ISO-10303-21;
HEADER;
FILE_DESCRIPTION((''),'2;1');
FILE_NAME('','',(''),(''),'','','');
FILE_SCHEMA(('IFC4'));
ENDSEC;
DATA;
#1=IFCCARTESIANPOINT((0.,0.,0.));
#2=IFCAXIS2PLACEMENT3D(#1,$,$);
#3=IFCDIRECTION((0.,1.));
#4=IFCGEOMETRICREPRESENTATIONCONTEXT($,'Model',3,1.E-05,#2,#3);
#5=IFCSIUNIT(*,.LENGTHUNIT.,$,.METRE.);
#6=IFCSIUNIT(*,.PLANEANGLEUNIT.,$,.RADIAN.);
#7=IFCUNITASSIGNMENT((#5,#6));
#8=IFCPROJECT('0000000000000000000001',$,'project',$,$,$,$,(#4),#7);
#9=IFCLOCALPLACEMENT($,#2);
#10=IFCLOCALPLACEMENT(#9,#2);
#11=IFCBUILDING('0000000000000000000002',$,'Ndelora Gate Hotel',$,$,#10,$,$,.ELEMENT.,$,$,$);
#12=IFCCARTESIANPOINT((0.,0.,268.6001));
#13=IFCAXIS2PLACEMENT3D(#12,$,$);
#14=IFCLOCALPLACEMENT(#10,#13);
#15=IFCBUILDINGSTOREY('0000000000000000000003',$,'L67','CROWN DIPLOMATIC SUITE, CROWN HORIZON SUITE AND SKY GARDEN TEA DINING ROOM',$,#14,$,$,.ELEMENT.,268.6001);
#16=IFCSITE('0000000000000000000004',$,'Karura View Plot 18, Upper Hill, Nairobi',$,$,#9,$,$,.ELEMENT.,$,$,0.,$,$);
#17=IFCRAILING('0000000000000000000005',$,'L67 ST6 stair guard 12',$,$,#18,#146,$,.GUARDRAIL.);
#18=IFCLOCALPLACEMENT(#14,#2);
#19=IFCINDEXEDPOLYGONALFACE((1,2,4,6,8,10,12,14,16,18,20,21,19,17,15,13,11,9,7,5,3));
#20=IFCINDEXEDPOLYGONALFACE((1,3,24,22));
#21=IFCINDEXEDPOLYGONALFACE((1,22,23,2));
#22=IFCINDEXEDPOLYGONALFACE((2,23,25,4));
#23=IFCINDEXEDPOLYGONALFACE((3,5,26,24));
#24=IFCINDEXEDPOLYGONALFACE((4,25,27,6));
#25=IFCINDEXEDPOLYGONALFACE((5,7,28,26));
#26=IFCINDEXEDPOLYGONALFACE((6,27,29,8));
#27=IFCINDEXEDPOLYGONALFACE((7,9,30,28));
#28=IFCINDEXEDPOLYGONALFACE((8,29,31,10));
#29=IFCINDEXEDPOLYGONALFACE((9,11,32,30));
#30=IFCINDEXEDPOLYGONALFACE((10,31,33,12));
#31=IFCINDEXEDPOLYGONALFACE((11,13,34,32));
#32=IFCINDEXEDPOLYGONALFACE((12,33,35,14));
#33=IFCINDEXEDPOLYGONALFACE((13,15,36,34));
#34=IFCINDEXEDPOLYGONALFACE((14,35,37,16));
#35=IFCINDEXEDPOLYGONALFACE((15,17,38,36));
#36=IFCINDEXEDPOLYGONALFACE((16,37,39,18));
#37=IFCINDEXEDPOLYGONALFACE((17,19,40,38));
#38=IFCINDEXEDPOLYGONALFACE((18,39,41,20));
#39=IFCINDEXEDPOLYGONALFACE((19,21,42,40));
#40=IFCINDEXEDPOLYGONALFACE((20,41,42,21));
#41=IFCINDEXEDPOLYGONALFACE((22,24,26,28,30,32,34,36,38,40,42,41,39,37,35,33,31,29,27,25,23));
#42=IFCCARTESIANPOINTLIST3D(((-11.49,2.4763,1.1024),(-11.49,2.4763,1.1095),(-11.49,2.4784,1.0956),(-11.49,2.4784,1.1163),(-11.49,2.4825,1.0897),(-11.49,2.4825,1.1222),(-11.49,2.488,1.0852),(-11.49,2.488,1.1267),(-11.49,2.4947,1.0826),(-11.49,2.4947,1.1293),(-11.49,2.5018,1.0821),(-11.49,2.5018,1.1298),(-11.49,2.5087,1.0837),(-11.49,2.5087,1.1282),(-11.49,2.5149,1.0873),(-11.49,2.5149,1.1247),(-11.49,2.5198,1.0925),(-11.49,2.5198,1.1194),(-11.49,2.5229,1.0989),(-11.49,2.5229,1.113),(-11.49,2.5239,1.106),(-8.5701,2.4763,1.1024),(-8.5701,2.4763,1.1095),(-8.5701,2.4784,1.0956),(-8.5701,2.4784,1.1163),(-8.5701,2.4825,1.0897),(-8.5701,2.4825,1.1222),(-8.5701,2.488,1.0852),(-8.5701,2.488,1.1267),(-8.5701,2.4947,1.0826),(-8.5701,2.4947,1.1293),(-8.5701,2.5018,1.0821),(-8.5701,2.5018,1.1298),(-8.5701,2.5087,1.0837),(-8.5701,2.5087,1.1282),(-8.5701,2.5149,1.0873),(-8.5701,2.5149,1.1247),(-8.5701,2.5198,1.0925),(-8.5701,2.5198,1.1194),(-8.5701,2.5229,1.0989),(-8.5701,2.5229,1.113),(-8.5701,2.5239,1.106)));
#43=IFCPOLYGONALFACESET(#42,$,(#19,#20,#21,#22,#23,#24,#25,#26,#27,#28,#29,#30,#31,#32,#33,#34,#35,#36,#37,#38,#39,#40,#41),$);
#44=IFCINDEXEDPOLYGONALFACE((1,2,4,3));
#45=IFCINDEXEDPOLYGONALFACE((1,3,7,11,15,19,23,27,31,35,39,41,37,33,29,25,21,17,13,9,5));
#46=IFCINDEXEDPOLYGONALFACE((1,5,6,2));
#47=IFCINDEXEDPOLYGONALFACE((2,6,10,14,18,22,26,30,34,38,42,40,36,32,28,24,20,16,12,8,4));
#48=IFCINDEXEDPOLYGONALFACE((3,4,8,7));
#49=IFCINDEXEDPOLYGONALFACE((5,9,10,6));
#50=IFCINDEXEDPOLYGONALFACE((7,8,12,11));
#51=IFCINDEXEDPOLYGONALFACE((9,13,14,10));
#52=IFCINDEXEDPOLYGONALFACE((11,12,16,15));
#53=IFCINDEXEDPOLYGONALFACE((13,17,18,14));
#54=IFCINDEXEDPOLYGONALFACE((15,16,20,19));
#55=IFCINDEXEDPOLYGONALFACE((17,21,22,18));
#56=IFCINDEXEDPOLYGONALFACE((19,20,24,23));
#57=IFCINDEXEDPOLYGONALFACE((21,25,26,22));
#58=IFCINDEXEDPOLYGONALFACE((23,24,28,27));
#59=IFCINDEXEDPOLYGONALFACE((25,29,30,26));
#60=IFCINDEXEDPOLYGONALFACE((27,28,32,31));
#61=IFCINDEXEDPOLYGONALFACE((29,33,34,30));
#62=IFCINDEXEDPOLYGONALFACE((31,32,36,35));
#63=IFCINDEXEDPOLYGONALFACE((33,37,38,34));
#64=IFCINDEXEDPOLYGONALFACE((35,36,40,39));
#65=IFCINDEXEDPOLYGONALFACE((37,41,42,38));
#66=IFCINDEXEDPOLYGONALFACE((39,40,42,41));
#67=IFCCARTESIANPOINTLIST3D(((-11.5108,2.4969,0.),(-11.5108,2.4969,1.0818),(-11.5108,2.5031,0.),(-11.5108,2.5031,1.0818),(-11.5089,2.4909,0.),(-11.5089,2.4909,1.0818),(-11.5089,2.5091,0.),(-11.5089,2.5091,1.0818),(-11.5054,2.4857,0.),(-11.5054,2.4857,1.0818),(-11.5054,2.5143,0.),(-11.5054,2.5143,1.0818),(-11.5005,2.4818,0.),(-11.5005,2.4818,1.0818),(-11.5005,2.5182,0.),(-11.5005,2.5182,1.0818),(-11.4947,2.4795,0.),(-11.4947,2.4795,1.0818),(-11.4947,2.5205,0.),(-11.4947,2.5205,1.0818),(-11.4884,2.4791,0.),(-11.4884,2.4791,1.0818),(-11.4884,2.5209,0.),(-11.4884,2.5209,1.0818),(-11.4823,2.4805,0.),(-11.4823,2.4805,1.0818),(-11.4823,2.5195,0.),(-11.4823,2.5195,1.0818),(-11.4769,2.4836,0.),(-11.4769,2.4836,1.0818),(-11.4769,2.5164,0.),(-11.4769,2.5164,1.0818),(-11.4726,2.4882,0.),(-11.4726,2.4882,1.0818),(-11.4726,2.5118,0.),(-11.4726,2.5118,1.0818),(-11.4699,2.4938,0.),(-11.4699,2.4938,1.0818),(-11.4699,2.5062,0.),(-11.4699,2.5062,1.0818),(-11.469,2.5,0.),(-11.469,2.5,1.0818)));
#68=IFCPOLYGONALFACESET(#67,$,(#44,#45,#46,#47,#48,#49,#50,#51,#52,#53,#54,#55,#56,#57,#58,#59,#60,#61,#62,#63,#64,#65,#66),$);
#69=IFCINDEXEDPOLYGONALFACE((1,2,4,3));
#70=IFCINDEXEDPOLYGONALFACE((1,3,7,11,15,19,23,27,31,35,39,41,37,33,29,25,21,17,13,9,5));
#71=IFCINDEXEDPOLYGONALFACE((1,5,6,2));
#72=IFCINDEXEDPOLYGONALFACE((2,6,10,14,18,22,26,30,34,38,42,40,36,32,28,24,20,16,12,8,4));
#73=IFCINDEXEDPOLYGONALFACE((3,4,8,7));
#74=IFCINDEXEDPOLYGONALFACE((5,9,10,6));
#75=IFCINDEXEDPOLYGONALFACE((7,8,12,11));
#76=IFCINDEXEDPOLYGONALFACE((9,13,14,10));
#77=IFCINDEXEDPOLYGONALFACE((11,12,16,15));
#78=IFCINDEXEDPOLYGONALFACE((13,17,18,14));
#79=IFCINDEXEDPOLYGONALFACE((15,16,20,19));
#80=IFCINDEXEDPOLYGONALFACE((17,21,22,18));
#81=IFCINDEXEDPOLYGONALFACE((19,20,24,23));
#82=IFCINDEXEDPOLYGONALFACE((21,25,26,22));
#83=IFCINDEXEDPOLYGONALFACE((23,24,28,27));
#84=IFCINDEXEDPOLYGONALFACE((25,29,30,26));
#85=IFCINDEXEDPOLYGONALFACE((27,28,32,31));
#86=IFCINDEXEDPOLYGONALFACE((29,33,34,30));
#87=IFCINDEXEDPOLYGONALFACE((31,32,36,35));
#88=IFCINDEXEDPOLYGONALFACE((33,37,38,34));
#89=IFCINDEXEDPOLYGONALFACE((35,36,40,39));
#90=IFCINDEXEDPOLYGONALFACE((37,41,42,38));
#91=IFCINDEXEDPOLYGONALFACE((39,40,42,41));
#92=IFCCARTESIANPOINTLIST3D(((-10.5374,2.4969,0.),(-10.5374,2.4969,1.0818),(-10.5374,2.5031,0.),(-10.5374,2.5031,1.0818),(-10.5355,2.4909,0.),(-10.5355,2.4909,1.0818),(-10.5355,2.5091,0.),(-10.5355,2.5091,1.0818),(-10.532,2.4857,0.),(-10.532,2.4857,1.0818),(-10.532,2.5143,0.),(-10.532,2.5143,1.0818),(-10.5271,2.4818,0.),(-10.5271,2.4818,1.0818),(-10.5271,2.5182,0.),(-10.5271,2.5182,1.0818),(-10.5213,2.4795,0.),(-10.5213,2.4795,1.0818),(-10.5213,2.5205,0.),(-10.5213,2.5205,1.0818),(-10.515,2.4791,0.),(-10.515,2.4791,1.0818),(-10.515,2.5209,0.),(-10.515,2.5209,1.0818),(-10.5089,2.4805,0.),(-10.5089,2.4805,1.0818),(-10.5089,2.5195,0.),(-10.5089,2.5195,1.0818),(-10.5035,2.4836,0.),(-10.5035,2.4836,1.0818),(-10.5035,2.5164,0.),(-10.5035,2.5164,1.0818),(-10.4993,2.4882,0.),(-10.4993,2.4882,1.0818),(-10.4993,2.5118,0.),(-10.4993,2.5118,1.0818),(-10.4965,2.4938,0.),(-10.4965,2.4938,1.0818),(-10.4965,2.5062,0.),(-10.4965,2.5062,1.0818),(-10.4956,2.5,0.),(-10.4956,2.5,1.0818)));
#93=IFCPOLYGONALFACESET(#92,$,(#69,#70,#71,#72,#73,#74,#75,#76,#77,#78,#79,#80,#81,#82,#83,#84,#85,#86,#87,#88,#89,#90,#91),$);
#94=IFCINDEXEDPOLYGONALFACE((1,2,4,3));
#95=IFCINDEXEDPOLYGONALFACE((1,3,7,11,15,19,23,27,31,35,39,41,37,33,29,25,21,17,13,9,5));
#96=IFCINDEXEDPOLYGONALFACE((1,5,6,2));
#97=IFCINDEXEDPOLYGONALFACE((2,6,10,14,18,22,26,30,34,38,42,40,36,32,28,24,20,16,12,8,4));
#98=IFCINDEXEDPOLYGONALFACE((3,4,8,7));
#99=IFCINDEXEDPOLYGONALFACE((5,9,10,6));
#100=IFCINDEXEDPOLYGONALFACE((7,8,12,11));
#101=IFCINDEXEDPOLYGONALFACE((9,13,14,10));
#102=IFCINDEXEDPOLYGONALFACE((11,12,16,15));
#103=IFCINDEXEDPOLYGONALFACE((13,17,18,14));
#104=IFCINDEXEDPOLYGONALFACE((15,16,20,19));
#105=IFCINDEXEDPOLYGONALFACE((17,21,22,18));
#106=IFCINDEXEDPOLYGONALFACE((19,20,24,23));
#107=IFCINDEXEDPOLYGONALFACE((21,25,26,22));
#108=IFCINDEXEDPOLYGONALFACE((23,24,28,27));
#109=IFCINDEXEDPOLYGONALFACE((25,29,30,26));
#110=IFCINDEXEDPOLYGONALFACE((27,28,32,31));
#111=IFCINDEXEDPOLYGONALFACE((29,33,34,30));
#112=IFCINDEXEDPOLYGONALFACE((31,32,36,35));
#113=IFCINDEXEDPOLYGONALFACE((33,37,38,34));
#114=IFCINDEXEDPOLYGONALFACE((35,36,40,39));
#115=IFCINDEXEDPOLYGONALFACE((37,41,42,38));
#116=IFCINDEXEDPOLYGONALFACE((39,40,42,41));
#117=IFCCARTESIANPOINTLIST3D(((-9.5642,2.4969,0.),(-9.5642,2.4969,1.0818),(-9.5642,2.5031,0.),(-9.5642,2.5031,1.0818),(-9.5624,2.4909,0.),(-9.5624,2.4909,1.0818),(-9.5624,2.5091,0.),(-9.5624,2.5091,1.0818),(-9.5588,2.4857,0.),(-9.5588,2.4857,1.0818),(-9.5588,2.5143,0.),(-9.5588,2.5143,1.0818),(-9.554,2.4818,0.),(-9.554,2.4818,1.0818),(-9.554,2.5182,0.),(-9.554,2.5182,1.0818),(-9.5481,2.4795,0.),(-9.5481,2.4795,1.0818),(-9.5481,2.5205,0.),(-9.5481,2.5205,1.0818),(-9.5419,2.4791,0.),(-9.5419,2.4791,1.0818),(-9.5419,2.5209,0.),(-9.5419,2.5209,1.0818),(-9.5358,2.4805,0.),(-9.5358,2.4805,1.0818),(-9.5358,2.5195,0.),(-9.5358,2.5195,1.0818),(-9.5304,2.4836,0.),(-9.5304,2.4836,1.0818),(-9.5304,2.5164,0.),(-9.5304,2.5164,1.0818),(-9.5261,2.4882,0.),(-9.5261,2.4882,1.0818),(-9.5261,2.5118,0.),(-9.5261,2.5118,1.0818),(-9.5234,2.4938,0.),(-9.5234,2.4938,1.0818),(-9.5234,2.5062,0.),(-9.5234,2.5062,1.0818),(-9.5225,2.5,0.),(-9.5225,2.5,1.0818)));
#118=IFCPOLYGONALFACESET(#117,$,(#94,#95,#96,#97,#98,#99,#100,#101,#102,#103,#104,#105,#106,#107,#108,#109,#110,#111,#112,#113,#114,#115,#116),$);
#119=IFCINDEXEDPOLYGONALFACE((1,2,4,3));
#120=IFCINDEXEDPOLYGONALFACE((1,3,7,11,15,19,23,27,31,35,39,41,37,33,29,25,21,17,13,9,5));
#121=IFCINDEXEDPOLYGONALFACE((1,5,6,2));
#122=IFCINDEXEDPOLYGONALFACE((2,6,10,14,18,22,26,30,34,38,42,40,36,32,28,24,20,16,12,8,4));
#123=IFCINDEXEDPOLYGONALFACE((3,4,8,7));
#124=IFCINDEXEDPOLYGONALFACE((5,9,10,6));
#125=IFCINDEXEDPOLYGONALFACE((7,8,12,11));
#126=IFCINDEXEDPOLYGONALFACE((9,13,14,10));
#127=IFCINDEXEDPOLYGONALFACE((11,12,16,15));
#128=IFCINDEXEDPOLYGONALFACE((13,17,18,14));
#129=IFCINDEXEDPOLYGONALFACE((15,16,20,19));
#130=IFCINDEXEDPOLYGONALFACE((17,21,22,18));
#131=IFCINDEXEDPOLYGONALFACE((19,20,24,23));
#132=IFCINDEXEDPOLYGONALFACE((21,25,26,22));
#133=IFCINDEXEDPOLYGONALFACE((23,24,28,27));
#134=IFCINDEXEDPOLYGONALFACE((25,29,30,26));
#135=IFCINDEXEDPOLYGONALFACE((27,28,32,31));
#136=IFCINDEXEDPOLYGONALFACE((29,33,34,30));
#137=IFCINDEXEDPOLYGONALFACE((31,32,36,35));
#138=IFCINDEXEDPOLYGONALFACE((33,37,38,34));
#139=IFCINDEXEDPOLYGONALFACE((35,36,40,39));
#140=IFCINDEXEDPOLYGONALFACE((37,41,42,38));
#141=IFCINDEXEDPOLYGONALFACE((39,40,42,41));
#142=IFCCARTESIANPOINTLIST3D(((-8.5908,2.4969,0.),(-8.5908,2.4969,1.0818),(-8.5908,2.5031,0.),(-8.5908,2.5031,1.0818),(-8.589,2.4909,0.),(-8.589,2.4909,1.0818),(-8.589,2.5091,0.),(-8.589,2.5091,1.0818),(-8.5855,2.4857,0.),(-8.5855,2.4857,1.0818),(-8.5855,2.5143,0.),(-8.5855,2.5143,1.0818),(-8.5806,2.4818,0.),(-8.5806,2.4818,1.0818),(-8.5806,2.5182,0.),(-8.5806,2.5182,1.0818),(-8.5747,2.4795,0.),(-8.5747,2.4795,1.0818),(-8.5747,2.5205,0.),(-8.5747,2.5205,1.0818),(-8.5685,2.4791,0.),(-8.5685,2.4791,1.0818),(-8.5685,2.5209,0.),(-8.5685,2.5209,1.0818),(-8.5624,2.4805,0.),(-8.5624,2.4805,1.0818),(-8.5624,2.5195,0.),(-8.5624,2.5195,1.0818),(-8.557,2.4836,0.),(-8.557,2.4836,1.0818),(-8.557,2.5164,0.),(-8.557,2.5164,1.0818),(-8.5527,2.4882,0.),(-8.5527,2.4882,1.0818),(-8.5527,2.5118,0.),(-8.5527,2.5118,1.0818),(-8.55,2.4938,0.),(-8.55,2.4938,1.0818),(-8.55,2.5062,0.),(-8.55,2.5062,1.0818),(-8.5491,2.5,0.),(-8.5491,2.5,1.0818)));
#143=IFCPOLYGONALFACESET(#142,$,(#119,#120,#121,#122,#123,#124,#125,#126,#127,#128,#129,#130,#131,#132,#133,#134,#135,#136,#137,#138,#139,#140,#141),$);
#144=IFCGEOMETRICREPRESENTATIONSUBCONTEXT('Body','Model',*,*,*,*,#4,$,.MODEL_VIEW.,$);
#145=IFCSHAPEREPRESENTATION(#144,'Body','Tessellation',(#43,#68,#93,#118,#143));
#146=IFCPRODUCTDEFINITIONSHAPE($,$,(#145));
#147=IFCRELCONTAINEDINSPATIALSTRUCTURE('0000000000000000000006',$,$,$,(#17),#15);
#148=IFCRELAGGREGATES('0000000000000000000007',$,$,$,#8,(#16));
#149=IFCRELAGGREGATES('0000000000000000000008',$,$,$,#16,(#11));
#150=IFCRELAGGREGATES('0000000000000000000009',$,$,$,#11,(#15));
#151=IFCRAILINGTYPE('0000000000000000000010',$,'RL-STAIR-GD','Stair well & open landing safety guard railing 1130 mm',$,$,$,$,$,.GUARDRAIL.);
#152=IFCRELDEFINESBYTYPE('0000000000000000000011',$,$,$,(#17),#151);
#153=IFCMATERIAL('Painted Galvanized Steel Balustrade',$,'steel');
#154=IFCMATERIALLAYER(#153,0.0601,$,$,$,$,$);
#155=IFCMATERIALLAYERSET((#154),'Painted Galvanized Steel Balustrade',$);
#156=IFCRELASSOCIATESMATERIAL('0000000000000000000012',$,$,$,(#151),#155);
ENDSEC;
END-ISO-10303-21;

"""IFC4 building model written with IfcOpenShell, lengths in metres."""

from ifc_helpers import new_model, si_unit, direction, frame, origin, origin_2d, place, context, subcontext, project, spatial, circle, extrude, material, layer, layer_set, type_object, element, save


model = new_model("IFC4")

# Units and contexts
model_context = context("Model", 3, precision=1e-05, world=origin(), true_north=direction((0.0, 1.0)))
body_context = subcontext(model_context, "Body", "Model", "MODEL_VIEW")
ifc_project = project(units=[si_unit("LENGTHUNIT", "METRE"), si_unit("PLANEANGLEUNIT", "RADIAN")], contexts=[model_context])

# Site, building, storey
site_placement = place(None, origin())
site = spatial("IfcSite", under=ifc_project, at=site_placement, Name="Karura View Plot 18, Upper Hill, Nairobi", CompositionType="ELEMENT", RefElevation=0.0)
building_placement = place(site_placement, origin())
building = spatial("IfcBuilding", under=site, at=building_placement, Name="Ndelora Gate Hotel", CompositionType="ELEMENT")
storey_placement = place(building_placement, frame((0.0, 0.0, 268.6001)))
storey = spatial("IfcBuildingStorey", under=building, at=storey_placement, Name="L67", Description="CROWN DIPLOMATIC SUITE, CROWN HORIZON SUITE AND SKY GARDEN TEA DINING ROOM", CompositionType="ELEMENT", Elevation=268.6001)

# Railing
ifc_material_1 = material(Name="Painted Galvanized Steel Balustrade", Category="steel")
ifc_layer_1 = layer(ifc_material_1, 0.0601)
ifc_layer_set_1 = layer_set([ifc_layer_1], Name="Painted Galvanized Steel Balustrade")
railing_type_1 = type_object("IfcRailingType", Name="RL-STAIR-GD", Description="Stair well & open landing safety guard railing 1130 mm", PredefinedType="GUARDRAIL", material=ifc_layer_set_1)
railing_1_placement = place(storey_placement, frame((-11.49, 2.5, 0.0)))
element("IfcRailing", 1, at=railing_1_placement, inside=storey, type_object=railing_type_1, Name="L67 ST6 stair guard 12", PredefinedType="GUARDRAIL", context=body_context, shape_type="SweptSolid", body=[
    extrude(circle(Radius=0.0239, at=origin_2d()), frame((0.0, 0.0, 1.106), z_axis=(1.0, 0.0, 0.0), x_axis=(0.0, 1.0, 0.0)), (0.0, 0.0, 1.0), 2.9199),
    extrude(circle(Radius=0.021, at=origin_2d()), origin(), (0.0, 0.0, 1.0), 1.0818),
    extrude(circle(Radius=0.021, at=origin_2d()), frame((0.9734, 0.0, 0.0)), (0.0, 0.0, 1.0), 1.0818),
    extrude(circle(Radius=0.021, at=origin_2d()), frame((1.9465, 0.0, 0.0)), (0.0, 0.0, 1.0), 1.0818),
    extrude(circle(Radius=0.021, at=origin_2d()), frame((2.9199, 0.0, 0.0)), (0.0, 0.0, 1.0), 1.0818),
])

save(model, "model.ifc")
